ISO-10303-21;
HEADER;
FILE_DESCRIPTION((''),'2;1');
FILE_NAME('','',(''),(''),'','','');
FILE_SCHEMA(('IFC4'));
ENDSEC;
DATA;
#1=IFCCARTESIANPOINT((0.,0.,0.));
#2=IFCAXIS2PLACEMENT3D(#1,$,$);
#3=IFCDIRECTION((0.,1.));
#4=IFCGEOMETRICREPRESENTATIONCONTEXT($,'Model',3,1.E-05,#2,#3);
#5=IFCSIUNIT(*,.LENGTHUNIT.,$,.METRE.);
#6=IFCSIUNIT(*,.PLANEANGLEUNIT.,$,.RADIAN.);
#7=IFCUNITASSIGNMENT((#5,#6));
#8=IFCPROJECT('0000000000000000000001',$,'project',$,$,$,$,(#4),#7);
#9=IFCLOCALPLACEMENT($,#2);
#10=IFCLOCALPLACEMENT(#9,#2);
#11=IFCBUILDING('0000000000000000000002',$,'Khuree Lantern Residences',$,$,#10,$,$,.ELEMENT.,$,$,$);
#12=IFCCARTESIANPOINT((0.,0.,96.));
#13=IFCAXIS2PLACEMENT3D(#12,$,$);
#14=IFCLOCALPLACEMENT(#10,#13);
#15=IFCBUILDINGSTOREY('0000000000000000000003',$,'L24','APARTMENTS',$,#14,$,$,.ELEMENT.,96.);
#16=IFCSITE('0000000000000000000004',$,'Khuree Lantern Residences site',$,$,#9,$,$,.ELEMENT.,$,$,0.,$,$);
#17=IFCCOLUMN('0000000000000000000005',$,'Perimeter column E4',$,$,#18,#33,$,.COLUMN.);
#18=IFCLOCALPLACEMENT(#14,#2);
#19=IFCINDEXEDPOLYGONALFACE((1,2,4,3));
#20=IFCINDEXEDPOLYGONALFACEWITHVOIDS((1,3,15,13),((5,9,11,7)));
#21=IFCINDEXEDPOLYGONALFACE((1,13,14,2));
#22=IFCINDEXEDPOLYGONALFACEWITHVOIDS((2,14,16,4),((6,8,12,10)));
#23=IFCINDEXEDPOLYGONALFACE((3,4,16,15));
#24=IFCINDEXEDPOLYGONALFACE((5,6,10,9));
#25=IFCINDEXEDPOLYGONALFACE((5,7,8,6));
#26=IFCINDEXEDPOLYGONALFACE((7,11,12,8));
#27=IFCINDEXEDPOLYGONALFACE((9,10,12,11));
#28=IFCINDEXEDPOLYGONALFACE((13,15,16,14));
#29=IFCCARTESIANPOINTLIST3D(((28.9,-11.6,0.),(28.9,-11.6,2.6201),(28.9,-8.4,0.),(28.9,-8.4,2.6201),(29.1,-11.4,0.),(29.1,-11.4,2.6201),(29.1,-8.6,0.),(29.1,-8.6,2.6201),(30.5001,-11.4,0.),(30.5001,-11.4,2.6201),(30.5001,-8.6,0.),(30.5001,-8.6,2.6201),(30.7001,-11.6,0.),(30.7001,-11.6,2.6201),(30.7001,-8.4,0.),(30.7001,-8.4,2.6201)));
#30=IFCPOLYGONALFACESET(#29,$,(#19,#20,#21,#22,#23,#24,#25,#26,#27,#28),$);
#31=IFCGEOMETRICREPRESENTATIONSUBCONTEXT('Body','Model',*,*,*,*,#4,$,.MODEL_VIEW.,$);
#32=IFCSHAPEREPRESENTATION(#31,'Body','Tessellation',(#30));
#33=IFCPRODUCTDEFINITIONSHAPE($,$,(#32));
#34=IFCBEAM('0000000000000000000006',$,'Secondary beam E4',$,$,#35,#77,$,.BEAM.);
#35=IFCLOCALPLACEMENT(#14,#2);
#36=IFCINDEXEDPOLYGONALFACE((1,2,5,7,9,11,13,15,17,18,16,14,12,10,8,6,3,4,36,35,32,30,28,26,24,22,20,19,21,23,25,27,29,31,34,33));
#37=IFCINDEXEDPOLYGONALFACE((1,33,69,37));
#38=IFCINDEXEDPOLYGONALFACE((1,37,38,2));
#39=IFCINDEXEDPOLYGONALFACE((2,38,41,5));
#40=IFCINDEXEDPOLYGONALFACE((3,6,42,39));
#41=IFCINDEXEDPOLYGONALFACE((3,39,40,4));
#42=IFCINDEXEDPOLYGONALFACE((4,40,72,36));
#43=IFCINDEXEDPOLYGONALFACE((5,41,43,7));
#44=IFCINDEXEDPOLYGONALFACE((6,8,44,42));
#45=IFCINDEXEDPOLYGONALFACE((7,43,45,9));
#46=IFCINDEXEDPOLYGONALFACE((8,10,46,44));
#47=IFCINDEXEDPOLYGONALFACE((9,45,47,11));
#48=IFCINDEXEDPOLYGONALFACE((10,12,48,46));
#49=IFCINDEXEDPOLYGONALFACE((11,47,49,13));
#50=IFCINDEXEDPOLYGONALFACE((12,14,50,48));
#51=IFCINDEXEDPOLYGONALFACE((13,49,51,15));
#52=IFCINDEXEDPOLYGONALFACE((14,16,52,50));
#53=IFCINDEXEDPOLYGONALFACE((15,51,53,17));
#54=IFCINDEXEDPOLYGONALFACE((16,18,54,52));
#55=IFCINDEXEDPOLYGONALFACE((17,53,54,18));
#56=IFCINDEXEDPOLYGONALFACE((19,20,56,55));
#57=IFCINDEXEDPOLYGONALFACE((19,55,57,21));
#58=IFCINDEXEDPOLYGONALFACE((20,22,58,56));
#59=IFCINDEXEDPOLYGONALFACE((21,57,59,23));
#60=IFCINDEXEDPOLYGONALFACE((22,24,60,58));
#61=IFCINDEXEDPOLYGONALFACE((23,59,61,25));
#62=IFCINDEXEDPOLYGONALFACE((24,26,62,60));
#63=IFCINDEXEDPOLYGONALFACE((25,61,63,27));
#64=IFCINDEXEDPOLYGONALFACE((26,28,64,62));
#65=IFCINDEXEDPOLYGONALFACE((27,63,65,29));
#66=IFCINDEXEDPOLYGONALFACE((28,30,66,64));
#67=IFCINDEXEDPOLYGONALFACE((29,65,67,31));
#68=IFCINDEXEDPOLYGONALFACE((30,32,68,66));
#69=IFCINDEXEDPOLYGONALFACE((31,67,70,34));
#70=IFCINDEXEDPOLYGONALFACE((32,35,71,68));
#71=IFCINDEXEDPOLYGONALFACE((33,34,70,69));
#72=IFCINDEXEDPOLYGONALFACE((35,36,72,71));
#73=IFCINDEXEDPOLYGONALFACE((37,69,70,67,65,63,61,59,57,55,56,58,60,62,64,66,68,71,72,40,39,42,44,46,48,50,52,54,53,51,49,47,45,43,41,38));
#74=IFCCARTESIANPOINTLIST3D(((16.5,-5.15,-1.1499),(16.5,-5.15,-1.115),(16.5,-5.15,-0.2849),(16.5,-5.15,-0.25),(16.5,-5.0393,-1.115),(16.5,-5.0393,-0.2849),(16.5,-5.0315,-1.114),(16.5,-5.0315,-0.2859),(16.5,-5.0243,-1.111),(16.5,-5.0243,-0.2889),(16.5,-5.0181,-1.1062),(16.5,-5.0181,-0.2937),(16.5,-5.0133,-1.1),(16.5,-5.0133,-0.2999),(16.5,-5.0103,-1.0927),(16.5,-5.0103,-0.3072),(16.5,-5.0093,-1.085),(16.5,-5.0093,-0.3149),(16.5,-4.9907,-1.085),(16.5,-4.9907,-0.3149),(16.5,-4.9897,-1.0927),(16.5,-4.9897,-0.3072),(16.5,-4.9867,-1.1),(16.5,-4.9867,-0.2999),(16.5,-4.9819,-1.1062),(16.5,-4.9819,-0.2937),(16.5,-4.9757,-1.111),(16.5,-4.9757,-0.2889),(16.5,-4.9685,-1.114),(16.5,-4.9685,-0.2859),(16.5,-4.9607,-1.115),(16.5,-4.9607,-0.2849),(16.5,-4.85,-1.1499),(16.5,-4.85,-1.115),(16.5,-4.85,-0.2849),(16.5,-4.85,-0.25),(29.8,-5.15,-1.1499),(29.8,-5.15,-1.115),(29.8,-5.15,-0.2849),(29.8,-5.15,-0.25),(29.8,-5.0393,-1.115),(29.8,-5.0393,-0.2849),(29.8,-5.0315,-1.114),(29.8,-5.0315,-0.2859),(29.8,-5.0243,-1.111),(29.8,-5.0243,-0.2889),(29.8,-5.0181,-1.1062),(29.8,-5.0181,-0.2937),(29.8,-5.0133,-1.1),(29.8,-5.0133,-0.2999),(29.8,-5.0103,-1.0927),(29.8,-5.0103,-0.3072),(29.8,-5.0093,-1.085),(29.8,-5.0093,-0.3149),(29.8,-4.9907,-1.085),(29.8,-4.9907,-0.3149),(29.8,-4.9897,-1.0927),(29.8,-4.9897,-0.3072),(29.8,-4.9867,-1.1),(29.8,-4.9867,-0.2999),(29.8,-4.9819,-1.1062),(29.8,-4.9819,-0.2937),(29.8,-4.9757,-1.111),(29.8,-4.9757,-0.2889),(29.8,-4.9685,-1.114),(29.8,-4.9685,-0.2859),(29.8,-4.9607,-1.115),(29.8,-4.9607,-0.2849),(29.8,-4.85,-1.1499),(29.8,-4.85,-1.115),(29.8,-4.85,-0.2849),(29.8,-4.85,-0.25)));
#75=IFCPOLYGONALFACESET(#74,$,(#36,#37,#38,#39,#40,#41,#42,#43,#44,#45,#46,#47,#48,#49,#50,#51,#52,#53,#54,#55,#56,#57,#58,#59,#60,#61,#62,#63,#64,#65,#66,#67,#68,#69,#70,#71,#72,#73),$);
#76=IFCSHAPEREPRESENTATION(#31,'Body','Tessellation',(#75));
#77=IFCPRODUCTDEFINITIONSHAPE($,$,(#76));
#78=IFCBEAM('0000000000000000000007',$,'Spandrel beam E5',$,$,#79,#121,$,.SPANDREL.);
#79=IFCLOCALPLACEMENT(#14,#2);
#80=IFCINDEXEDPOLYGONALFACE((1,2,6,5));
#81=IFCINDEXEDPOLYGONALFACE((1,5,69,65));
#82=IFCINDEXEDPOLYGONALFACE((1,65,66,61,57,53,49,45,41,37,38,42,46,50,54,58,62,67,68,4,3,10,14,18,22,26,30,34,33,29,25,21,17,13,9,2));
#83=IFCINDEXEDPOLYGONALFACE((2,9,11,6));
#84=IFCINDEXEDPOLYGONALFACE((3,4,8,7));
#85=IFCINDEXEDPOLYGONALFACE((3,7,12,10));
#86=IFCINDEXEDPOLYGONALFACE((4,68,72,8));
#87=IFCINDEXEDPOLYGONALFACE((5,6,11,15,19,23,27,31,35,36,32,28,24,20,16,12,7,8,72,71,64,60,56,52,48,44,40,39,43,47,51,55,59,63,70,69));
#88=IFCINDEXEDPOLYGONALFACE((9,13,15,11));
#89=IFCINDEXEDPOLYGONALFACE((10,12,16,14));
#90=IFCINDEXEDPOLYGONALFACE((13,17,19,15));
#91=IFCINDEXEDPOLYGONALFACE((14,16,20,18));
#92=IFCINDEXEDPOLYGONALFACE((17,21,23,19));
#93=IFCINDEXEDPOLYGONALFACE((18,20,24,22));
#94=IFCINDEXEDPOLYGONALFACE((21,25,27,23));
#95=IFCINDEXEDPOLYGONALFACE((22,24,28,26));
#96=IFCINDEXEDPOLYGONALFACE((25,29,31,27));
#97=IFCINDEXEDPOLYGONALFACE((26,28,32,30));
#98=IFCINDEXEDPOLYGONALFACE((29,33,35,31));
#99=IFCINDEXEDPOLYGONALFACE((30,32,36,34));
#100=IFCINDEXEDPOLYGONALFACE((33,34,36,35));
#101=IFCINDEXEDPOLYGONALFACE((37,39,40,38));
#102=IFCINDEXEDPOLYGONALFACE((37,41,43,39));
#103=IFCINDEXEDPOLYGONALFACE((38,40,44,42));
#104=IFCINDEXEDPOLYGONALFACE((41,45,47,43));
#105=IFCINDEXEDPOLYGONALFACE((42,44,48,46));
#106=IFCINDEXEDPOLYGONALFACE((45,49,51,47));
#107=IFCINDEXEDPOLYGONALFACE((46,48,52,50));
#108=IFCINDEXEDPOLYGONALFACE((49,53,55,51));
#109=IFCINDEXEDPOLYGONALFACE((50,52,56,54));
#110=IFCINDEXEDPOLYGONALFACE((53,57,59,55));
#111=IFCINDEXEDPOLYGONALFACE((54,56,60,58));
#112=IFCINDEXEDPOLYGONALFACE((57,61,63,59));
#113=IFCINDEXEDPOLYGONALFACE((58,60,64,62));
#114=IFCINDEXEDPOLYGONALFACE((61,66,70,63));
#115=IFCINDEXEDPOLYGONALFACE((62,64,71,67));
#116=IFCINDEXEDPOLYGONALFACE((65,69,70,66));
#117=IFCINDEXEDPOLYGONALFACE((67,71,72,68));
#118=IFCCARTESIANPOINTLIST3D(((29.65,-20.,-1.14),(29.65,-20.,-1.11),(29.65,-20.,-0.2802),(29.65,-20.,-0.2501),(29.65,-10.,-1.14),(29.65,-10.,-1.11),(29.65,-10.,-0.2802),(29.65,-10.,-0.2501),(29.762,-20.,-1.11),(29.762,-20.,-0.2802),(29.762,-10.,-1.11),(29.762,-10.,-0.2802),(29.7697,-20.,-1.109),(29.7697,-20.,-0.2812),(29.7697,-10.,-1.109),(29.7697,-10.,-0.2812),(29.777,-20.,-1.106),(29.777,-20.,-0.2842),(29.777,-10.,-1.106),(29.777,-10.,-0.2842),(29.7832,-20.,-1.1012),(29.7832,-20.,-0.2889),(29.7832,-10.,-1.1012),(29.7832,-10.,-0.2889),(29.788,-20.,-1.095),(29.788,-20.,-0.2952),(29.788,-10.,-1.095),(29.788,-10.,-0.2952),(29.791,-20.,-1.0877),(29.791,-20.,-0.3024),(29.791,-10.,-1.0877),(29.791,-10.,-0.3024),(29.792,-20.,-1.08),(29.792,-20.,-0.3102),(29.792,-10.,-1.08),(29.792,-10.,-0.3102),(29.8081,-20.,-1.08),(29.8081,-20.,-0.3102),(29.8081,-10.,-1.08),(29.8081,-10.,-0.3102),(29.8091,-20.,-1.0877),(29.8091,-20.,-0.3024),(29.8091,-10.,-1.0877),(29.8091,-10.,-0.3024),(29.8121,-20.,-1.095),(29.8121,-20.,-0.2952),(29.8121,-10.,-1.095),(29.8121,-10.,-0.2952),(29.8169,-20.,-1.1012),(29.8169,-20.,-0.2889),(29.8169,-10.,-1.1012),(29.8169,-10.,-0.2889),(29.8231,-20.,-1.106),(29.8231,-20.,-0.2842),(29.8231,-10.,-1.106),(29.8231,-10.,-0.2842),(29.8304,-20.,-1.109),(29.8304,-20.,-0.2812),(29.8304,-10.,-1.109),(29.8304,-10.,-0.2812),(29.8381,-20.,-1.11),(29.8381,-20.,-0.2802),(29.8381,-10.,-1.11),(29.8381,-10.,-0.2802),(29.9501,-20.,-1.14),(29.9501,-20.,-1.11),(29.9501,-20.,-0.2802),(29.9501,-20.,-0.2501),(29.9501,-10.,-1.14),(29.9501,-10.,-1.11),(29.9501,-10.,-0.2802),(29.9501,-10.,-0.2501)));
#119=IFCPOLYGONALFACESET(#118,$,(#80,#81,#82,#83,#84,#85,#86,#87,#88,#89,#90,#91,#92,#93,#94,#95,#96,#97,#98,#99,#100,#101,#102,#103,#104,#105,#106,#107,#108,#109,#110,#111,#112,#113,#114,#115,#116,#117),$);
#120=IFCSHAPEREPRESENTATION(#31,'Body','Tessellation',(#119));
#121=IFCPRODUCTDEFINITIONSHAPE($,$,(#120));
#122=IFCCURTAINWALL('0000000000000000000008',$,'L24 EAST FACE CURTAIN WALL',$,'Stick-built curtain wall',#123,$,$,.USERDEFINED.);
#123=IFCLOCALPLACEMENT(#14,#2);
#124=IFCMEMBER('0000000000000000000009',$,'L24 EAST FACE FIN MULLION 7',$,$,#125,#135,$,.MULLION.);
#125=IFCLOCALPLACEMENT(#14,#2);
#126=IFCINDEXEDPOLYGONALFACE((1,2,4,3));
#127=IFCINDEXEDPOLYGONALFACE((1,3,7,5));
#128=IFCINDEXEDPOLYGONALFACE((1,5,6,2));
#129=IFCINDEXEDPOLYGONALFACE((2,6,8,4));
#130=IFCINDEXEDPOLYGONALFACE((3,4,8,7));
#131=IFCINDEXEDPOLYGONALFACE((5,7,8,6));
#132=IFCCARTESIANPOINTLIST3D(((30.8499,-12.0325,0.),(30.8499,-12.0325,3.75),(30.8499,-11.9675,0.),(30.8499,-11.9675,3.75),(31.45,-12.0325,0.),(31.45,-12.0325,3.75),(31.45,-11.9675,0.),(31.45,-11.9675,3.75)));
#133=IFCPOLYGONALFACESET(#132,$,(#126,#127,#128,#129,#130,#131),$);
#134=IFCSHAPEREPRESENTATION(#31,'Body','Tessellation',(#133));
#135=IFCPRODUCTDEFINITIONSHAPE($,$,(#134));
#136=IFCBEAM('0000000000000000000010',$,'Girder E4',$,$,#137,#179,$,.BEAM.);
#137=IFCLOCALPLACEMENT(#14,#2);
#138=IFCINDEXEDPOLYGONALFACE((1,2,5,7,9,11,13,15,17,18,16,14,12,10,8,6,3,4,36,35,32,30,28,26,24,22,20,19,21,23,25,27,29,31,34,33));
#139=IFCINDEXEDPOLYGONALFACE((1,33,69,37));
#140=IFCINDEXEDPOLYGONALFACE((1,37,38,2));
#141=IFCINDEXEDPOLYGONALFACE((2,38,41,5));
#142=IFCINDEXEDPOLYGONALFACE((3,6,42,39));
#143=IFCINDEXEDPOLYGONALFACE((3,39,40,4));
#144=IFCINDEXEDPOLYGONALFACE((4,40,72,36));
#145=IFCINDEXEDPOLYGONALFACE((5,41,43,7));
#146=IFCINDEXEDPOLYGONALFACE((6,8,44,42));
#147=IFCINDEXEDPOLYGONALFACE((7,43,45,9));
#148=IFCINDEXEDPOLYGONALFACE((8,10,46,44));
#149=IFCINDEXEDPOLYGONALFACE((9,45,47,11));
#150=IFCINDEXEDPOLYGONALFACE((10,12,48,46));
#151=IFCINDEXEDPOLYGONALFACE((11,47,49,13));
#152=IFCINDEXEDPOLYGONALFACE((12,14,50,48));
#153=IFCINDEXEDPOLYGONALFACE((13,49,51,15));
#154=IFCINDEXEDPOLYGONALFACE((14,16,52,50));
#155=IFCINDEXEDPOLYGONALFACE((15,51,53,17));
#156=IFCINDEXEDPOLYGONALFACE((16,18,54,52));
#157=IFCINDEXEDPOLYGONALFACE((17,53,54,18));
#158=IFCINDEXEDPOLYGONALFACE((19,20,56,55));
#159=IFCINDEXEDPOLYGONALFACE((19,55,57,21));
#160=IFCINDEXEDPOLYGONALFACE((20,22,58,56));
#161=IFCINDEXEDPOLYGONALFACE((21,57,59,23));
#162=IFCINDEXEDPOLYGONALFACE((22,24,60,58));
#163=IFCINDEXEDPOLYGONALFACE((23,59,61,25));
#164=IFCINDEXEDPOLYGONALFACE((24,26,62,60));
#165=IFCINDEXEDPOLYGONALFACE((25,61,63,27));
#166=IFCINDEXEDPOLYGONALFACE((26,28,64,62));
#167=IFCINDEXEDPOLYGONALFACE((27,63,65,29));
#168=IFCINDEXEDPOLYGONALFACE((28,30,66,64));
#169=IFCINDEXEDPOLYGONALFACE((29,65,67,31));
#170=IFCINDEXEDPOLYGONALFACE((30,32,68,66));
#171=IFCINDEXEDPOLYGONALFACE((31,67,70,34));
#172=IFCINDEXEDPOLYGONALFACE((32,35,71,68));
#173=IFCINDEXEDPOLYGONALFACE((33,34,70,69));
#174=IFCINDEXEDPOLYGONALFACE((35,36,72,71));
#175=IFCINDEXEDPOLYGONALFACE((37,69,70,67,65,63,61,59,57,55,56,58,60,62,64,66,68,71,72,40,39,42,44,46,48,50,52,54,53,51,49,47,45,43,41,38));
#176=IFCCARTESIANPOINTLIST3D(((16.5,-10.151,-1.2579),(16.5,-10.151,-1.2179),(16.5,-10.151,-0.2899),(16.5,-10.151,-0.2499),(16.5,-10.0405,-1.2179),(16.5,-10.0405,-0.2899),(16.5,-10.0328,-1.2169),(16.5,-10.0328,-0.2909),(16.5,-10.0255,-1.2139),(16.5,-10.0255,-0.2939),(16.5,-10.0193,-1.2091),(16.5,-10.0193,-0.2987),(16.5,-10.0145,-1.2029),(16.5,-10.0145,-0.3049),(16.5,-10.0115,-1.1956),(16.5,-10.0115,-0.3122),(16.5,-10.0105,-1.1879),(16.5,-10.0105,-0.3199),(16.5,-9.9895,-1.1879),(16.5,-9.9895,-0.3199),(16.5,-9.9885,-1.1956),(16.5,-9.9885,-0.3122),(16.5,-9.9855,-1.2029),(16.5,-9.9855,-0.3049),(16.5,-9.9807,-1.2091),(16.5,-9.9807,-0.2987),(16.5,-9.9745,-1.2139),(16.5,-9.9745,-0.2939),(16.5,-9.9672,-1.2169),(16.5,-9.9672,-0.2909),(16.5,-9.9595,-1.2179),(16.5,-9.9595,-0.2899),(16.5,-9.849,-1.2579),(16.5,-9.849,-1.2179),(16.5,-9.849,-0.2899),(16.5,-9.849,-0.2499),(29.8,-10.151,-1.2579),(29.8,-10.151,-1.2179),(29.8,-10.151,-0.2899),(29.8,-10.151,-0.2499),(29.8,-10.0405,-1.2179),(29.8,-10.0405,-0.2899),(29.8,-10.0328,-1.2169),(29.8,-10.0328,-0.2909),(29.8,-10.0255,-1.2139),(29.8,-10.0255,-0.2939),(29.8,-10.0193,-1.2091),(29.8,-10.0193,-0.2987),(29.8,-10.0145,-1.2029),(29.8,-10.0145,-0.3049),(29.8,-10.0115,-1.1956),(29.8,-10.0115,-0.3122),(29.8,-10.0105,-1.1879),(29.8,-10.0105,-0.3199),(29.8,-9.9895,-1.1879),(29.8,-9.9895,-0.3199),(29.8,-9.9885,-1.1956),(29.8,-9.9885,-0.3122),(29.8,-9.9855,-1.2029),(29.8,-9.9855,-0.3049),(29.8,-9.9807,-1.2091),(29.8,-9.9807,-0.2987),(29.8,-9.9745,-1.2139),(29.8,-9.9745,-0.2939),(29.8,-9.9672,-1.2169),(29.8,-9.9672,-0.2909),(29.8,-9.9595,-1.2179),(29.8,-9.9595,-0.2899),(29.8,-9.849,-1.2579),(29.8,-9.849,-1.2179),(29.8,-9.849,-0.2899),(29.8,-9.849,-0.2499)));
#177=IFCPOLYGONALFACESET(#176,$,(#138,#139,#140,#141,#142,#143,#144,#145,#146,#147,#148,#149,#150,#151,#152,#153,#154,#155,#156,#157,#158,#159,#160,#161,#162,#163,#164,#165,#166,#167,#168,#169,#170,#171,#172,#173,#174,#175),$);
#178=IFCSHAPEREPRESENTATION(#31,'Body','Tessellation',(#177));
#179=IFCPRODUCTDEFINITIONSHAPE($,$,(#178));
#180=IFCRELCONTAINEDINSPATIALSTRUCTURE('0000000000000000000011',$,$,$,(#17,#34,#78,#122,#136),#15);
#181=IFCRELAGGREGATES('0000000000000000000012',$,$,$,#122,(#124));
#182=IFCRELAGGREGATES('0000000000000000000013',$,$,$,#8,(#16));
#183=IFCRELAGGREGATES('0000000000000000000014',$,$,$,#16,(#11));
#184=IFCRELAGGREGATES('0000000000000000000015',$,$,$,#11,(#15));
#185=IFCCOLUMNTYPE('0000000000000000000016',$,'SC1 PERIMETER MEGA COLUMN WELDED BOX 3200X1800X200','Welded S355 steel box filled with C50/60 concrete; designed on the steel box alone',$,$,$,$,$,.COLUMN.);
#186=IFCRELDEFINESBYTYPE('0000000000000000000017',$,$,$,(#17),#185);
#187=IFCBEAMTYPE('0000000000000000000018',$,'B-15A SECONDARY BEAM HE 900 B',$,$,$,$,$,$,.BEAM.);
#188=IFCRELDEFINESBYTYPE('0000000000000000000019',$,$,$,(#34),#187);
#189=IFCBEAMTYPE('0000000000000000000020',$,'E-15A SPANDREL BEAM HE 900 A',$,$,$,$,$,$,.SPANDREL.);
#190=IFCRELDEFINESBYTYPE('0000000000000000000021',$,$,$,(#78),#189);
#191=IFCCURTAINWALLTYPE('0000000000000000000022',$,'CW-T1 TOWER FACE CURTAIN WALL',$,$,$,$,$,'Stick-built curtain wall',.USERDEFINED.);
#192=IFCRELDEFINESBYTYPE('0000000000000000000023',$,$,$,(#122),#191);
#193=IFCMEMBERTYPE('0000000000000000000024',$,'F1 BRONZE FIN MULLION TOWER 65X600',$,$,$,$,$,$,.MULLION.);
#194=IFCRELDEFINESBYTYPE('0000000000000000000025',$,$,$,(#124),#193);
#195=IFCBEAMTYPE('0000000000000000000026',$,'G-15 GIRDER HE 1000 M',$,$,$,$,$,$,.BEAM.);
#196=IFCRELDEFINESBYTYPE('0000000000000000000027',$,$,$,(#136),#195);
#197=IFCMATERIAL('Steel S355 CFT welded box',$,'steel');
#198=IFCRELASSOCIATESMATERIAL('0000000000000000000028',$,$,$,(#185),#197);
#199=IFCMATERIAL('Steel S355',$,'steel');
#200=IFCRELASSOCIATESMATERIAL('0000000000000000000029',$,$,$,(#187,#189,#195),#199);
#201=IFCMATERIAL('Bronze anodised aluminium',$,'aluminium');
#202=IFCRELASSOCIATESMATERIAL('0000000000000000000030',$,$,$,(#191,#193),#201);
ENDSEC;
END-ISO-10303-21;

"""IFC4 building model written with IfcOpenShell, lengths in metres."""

from ifc_helpers import new_model, si_unit, direction, frame, origin, origin_2d, place, context, subcontext, project, spatial, rectangle, hollow_rectangle, i_section, extrude, material, material_profile, profile_set, type_object, element, aggregate, save


model = new_model("IFC4")

# Units and contexts
model_context = context("Model", 3, precision=1e-05, world=origin(), true_north=direction((0.0, 1.0)))
body_context = subcontext(model_context, "Body", "Model", "MODEL_VIEW")
ifc_project = project(units=[si_unit("LENGTHUNIT", "METRE"), si_unit("PLANEANGLEUNIT", "RADIAN")], contexts=[model_context])

# Site, building, storey
site_placement = place(None, origin())
site = spatial("IfcSite", under=ifc_project, at=site_placement, Name="Khuree Lantern Residences site", CompositionType="ELEMENT", RefElevation=0.0)
building_placement = place(site_placement, origin())
building = spatial("IfcBuilding", under=site, at=building_placement, Name="Khuree Lantern Residences", CompositionType="ELEMENT")
storey_placement = place(building_placement, frame((0.0, 0.0, 96.0)))
storey = spatial("IfcBuildingStorey", under=building, at=storey_placement, Name="L24", Description="APARTMENTS", CompositionType="ELEMENT", Elevation=96.0)

# Column
ifc_material_1 = material(Name="Steel S355 CFT welded box", Category="steel")
ifc_material_profile_1 = material_profile(ifc_material_1, hollow_rectangle(XDim=3.2, YDim=1.8, WallThickness=0.2, at=origin_2d()), Name="WELDED BOX 3200X1800X200")
ifc_profile_set_1 = profile_set([ifc_material_profile_1], Name="Steel S355 CFT welded box")
column_type = type_object("IfcColumnType", Name="SC1 PERIMETER MEGA COLUMN WELDED BOX 3200X1800X200", Description="Welded S355 steel box filled with C50/60 concrete; designed on the steel box alone", PredefinedType="COLUMN", material=ifc_profile_set_1)
column_placement = place(storey_placement, frame((29.8, -10.0, 0.0), z_axis=(0.0, 0.0, 1.0), x_axis=(0.0, 1.0, 0.0)))
element("IfcColumn", 1, at=column_placement, inside=storey, type_object=column_type, Name="Perimeter column E4", PredefinedType="COLUMN", context=body_context, shape_type="SweptSolid", body=[
    extrude(hollow_rectangle(XDim=3.2, YDim=1.8, WallThickness=0.2, at=origin_2d()), origin(), (0.0, 0.0, 1.0), 2.6201),
])

# Beams
ifc_material_2 = material(Name="Steel S355", Category="steel")
ifc_material_profile_2 = material_profile(ifc_material_2, i_section(OverallWidth=0.3, OverallDepth=0.8999, WebThickness=0.0186, FlangeThickness=0.0349, FilletRadius=0.03, at=origin_2d()), Name="HE 900 B")
ifc_profile_set_2 = profile_set([ifc_material_profile_2], Name="Steel S355")
beam_type_1 = type_object("IfcBeamType", Name="B-15A SECONDARY BEAM HE 900 B", PredefinedType="BEAM", material=ifc_profile_set_2)
beam_1_placement = place(storey_placement, frame((29.8, -5.0, -0.7), z_axis=(-1.0, 0.0, 0.0), x_axis=(0.0, -1.0, 0.0)))
element("IfcBeam", 2, at=beam_1_placement, inside=storey, type_object=beam_type_1, Name="Secondary beam E4", PredefinedType="BEAM", context=body_context, shape_type="SweptSolid", body=[
    extrude(i_section(OverallWidth=0.3, OverallDepth=0.8999, WebThickness=0.0186, FlangeThickness=0.0349, FilletRadius=0.03, at=origin_2d()), origin(), (0.0, 0.0, 1.0), 13.3),
])
ifc_material_profile_3 = material_profile(ifc_material_2, i_section(OverallWidth=0.3, OverallDepth=0.8899, WebThickness=0.0161, FlangeThickness=0.03, FilletRadius=0.03, at=origin_2d()), Name="HE 900 A")
ifc_profile_set_3 = profile_set([ifc_material_profile_3], Name="Steel S355")
beam_type_2 = type_object("IfcBeamType", Name="E-15A SPANDREL BEAM HE 900 A", PredefinedType="SPANDREL", material=ifc_profile_set_3)
beam_2_placement = place(storey_placement, frame((29.8, -10.0, -0.6951), z_axis=(0.0, -1.0, 0.0), x_axis=(1.0, 0.0, 0.0)))
element("IfcBeam", 3, at=beam_2_placement, inside=storey, type_object=beam_type_2, Name="Spandrel beam E5", PredefinedType="SPANDREL", context=body_context, shape_type="SweptSolid", body=[
    extrude(i_section(OverallWidth=0.3, OverallDepth=0.8899, WebThickness=0.0161, FlangeThickness=0.03, FilletRadius=0.03, at=origin_2d()), origin(), (0.0, 0.0, 1.0), 10.0),
])

# Curtain wall, member
ifc_material_3 = material(Name="Bronze anodised aluminium", Category="aluminium")
curtain_wall_type = type_object("IfcCurtainWallType", Name="CW-T1 TOWER FACE CURTAIN WALL", ElementType="Stick-built curtain wall", PredefinedType="USERDEFINED", material=ifc_material_3)
curtain_wall_placement = place(storey_placement, origin())
curtain_wall = element("IfcCurtainWall", 4, at=curtain_wall_placement, inside=storey, type_object=curtain_wall_type, Name="L24 EAST FACE CURTAIN WALL", ObjectType="Stick-built curtain wall", PredefinedType="USERDEFINED")
ifc_material_profile_4 = material_profile(ifc_material_3, rectangle(XDim=0.0649, YDim=0.6001, at=origin_2d()), Name="F1 65X600")
ifc_profile_set_4 = profile_set([ifc_material_profile_4], Name="Bronze anodised aluminium")
member_type_1 = type_object("IfcMemberType", Name="F1 BRONZE FIN MULLION TOWER 65X600", PredefinedType="MULLION", material=ifc_profile_set_4)
member_1_placement = place(storey_placement, frame((31.1499, -12.0, 0.0), z_axis=(0.0, 0.0, 1.0), x_axis=(0.0, 1.0, 0.0)))
member_1 = element("IfcMember", 5, at=member_1_placement, type_object=member_type_1, Name="L24 EAST FACE FIN MULLION 7", PredefinedType="MULLION", context=body_context, shape_type="SweptSolid", body=[
    extrude(rectangle(XDim=0.0649, YDim=0.6001, at=origin_2d()), origin(), (0.0, 0.0, 1.0), 3.75),
])

# Beam
ifc_material_profile_5 = material_profile(ifc_material_2, i_section(OverallWidth=0.302, OverallDepth=1.0081, WebThickness=0.021, FlangeThickness=0.04, FilletRadius=0.03, at=origin_2d()), Name="HE 1000 M")
ifc_profile_set_5 = profile_set([ifc_material_profile_5], Name="Steel S355")
beam_type_3 = type_object("IfcBeamType", Name="G-15 GIRDER HE 1000 M", PredefinedType="BEAM", material=ifc_profile_set_5)
beam_3_placement = place(storey_placement, frame((29.8, -10.0, -0.7539), z_axis=(-1.0, 0.0, 0.0), x_axis=(0.0, -1.0, 0.0)))
element("IfcBeam", 6, at=beam_3_placement, inside=storey, type_object=beam_type_3, Name="Girder E4", PredefinedType="BEAM", context=body_context, shape_type="SweptSolid", body=[
    extrude(i_section(OverallWidth=0.302, OverallDepth=1.0081, WebThickness=0.021, FlangeThickness=0.04, FilletRadius=0.03, at=origin_2d()), origin(), (0.0, 0.0, 1.0), 13.3),
])

aggregate(curtain_wall, [member_1])

save(model, "model.ifc")
